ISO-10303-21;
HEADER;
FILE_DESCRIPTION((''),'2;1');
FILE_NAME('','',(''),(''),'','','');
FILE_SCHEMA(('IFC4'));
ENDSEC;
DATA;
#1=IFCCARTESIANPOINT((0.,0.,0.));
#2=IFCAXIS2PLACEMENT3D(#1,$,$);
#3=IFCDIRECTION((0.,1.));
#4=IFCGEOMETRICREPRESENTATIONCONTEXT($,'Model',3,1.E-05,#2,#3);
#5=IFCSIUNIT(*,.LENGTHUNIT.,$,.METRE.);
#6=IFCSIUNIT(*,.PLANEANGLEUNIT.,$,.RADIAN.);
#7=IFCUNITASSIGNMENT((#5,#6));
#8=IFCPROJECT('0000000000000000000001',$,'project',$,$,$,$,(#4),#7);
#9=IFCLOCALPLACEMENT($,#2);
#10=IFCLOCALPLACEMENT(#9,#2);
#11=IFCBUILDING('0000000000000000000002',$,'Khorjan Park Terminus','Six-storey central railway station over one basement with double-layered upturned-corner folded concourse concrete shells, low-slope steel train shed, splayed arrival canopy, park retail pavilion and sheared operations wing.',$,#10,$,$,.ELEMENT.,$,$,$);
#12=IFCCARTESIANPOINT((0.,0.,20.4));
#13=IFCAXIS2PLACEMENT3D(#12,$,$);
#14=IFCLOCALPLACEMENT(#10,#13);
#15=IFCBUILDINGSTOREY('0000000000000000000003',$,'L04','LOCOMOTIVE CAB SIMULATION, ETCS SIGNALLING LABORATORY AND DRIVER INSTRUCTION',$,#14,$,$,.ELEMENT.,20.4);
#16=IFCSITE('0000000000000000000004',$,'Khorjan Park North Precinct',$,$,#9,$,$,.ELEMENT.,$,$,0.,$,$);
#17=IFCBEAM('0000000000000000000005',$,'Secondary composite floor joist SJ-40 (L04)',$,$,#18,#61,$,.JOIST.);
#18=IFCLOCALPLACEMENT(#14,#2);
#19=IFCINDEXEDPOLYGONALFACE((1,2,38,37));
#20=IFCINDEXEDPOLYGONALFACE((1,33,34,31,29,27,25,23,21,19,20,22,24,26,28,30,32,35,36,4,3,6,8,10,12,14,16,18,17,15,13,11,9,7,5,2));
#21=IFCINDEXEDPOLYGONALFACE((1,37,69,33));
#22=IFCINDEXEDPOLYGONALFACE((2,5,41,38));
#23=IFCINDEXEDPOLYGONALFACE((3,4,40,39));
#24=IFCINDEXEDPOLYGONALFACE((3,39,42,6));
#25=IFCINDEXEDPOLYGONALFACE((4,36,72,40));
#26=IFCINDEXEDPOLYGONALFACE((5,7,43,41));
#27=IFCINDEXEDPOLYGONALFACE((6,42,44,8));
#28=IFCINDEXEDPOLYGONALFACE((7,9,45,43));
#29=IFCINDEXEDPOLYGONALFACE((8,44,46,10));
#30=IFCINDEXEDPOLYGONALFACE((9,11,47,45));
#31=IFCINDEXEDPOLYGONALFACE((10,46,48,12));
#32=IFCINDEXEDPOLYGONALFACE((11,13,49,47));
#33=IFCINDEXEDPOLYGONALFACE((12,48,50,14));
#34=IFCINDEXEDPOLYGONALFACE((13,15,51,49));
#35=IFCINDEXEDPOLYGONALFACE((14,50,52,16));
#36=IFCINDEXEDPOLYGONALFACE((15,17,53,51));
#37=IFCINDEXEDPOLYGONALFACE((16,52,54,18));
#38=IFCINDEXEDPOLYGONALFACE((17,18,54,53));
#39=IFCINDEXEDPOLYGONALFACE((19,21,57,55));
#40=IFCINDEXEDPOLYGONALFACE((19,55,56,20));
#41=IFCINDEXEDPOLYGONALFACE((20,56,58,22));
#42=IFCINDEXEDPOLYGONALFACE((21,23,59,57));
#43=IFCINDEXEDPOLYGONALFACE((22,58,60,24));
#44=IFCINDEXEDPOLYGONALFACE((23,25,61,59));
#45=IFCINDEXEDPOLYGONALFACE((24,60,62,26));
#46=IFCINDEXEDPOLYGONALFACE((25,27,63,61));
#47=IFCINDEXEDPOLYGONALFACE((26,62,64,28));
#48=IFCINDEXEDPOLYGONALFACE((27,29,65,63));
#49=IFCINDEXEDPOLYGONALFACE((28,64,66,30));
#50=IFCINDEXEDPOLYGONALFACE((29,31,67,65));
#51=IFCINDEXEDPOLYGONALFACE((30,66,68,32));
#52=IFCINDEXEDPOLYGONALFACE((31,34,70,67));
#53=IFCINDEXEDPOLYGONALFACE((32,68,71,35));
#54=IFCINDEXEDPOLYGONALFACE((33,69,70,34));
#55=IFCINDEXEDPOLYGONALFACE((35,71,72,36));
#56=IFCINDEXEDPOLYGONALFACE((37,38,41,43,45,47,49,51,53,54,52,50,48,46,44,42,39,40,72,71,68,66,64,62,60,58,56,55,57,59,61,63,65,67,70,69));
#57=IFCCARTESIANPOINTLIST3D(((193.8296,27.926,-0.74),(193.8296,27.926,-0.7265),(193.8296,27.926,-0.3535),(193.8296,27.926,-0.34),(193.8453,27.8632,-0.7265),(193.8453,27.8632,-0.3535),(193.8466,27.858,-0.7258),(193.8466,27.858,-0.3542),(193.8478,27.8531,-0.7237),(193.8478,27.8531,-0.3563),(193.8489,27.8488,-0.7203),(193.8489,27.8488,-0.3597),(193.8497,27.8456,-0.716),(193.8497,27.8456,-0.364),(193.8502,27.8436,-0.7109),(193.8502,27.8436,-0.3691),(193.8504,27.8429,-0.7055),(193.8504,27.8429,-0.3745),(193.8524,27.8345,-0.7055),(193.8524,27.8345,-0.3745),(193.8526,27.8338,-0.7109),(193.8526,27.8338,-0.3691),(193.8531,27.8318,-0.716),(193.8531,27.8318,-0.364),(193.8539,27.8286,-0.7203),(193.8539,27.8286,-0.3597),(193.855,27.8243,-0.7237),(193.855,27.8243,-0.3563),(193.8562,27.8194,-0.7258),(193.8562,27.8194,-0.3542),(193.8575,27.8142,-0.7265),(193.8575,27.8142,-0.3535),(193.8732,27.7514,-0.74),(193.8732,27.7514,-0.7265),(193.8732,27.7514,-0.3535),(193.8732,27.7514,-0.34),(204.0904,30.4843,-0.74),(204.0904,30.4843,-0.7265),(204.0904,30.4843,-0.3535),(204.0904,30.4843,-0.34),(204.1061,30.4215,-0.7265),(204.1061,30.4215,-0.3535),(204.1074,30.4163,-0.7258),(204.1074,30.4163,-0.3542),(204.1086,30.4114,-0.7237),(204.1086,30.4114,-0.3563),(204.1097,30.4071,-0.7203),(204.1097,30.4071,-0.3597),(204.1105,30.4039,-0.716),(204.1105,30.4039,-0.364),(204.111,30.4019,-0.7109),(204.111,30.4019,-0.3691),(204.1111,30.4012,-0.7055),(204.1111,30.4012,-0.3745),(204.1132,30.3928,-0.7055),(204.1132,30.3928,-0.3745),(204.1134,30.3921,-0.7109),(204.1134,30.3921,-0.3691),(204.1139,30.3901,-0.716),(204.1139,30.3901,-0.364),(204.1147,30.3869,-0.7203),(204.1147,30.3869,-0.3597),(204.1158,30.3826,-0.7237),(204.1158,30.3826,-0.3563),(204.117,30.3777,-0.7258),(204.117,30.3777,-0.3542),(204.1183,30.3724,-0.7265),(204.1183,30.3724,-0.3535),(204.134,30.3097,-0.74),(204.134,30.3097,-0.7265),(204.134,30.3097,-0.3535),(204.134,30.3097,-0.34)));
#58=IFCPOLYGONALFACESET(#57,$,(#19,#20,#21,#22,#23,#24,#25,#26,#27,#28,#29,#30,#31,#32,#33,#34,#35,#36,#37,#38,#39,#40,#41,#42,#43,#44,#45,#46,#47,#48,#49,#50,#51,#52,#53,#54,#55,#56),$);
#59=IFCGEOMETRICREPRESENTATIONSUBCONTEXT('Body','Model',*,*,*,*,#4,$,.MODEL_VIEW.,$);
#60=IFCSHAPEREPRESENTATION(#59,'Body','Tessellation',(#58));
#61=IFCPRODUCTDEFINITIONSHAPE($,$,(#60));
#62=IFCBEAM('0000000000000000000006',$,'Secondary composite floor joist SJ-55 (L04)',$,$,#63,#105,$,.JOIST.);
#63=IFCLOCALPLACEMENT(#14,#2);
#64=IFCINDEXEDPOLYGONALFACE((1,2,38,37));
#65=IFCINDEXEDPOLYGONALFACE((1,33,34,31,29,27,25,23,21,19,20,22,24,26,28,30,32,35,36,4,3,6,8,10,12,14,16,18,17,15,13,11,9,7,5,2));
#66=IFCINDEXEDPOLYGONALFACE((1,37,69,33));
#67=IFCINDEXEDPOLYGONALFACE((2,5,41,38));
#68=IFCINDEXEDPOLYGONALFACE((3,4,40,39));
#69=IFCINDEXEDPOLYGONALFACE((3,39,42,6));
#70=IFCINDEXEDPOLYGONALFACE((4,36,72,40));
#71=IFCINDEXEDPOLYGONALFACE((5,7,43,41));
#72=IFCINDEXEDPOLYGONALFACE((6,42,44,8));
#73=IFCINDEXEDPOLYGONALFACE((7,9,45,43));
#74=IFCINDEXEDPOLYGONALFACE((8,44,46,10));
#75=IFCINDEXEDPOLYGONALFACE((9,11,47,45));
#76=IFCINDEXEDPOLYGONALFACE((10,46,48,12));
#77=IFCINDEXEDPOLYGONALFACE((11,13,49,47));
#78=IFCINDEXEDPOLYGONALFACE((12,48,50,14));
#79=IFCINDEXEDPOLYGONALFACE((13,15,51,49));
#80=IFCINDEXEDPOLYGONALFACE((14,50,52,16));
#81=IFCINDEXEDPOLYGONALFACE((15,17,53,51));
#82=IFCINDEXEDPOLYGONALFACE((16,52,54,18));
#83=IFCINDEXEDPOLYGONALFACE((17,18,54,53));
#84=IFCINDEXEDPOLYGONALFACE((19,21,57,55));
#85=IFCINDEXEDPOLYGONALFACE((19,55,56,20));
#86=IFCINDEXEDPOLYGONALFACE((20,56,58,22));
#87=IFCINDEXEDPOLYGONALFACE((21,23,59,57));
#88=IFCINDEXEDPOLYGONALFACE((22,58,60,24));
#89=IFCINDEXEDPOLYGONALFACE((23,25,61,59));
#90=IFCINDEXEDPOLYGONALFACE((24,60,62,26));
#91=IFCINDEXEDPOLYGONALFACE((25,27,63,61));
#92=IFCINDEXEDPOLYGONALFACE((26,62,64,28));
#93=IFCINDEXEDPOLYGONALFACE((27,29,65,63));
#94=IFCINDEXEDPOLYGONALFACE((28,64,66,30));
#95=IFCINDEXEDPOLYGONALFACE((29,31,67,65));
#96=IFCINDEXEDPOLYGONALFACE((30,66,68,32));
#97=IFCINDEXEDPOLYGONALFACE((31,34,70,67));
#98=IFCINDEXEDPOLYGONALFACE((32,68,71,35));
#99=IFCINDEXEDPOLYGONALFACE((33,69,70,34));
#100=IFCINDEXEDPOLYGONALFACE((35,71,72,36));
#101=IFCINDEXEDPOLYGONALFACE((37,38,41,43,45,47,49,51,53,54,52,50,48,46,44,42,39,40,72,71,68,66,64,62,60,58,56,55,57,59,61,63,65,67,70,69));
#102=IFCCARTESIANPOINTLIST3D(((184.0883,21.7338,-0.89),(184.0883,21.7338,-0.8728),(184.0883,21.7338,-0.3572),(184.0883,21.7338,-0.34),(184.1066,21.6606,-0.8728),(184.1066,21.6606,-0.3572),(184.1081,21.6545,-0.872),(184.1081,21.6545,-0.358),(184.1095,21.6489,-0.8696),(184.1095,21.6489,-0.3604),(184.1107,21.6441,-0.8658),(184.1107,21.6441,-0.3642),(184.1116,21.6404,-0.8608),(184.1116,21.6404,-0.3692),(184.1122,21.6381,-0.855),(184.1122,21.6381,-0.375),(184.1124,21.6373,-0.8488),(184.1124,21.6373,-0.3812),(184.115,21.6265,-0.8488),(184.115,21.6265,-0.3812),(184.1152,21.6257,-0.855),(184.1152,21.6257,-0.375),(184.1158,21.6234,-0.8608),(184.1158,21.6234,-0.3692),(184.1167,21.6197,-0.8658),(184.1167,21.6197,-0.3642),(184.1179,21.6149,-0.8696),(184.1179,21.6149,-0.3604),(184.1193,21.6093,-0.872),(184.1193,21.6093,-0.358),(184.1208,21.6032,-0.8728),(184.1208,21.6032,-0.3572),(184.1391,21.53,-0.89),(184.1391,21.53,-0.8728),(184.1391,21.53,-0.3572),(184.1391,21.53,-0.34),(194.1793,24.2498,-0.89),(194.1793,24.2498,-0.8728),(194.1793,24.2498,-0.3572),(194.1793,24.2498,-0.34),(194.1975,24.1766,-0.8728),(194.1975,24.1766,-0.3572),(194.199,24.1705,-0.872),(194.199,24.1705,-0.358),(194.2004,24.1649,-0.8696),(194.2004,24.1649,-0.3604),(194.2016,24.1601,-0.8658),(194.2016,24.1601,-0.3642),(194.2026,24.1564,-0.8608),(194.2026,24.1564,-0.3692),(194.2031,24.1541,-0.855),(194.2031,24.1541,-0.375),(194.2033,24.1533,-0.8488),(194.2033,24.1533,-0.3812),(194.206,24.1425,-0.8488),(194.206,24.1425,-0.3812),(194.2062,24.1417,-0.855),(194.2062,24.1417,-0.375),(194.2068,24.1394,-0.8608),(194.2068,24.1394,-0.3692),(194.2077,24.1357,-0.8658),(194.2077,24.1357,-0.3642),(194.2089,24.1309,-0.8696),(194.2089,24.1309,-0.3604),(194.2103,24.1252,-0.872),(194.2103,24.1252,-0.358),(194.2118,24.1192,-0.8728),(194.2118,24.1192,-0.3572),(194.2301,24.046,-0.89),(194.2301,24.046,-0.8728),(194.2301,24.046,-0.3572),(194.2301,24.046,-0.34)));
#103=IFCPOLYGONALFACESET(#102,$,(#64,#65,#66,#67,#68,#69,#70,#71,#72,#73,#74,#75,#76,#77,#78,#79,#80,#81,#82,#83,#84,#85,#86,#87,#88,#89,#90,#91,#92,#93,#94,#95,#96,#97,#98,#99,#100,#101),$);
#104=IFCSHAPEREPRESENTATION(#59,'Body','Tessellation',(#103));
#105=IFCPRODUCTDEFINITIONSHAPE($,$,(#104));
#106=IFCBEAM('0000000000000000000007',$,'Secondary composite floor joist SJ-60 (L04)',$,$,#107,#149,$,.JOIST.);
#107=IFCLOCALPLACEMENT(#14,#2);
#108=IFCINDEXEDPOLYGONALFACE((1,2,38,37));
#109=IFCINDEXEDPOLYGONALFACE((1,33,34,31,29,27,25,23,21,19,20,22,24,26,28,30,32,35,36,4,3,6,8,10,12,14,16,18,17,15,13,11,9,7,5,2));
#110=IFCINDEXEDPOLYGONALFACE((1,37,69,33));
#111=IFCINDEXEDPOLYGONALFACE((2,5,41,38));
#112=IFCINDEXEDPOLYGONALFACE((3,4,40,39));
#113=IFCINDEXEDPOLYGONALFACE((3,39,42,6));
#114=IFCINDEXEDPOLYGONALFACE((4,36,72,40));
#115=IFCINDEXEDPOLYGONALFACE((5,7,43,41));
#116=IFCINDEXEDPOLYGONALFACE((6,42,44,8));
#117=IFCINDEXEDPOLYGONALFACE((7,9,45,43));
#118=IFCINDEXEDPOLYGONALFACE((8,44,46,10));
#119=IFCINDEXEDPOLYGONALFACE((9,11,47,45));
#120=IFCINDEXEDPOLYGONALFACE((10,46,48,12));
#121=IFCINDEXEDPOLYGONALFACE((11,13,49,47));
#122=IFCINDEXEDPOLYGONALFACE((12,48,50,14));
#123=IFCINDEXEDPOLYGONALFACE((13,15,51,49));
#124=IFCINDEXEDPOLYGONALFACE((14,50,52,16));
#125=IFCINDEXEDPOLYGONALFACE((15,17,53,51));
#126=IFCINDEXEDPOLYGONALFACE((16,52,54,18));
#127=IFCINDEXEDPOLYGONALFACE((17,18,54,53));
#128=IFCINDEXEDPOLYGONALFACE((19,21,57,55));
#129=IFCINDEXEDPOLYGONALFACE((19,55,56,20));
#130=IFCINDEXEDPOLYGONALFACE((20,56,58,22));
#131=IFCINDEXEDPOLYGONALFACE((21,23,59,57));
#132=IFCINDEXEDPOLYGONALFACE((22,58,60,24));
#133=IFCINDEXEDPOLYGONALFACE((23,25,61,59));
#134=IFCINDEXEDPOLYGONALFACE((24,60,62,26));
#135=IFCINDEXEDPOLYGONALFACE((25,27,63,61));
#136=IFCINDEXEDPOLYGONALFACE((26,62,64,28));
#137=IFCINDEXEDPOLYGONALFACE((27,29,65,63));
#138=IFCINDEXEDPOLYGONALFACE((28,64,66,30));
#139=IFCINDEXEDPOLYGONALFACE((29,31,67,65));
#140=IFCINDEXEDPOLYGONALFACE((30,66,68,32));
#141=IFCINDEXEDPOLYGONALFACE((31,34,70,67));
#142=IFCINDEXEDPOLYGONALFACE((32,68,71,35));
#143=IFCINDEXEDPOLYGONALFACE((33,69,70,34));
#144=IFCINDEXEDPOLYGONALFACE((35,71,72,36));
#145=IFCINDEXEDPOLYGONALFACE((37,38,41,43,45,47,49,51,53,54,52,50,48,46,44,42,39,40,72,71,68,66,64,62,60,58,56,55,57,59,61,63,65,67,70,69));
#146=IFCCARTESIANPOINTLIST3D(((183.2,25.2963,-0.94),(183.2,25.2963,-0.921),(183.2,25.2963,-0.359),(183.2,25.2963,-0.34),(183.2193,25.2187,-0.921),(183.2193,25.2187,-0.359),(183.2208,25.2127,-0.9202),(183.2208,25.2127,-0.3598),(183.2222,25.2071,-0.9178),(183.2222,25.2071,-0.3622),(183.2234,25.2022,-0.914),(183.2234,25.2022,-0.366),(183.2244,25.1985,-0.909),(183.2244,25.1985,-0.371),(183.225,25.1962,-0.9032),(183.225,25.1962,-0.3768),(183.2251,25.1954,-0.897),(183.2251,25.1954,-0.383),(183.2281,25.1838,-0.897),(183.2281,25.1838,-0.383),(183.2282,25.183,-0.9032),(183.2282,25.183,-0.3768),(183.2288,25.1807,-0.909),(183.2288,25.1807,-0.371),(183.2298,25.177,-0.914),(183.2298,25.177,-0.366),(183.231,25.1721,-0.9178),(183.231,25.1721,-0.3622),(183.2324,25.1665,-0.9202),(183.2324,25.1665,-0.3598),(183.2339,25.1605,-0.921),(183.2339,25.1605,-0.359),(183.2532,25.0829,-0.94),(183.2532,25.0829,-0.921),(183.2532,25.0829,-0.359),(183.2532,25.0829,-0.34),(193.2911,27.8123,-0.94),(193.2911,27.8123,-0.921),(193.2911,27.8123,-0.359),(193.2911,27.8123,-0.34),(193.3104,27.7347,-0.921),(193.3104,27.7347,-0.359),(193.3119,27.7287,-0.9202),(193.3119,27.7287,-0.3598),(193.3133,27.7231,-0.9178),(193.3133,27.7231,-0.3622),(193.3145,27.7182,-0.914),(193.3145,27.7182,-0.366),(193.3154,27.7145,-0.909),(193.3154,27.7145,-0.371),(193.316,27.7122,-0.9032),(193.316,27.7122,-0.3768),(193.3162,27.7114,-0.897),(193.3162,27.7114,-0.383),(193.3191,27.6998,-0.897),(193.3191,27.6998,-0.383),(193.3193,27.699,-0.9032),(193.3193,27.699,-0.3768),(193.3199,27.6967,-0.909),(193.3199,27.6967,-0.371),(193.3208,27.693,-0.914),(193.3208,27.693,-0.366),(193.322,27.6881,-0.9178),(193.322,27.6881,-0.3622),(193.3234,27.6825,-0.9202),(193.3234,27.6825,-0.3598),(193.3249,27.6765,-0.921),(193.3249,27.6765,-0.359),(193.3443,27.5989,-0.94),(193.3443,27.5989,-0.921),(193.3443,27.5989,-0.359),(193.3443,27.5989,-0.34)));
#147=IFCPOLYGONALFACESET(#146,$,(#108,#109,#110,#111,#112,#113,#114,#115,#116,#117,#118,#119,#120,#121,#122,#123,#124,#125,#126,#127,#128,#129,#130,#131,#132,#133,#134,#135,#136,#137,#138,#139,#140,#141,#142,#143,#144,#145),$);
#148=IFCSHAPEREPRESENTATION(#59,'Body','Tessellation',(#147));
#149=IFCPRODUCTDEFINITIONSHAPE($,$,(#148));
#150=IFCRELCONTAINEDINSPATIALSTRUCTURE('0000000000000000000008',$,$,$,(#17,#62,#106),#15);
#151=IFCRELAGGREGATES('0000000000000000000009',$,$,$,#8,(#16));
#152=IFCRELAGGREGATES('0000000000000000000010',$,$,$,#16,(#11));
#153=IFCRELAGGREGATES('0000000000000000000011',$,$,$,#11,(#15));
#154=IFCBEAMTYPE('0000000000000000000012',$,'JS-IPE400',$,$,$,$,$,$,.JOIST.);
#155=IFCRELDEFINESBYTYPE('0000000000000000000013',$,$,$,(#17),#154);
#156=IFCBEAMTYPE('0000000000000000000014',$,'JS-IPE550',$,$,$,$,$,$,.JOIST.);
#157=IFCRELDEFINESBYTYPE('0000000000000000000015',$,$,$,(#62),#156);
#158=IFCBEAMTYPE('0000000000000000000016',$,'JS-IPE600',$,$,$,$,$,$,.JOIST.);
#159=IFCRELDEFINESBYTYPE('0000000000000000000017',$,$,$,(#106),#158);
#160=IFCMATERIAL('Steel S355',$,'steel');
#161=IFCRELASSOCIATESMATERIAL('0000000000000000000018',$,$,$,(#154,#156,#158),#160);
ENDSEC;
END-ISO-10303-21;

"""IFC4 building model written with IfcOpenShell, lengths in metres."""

from ifc_helpers import new_model, si_unit, direction, frame, origin, origin_2d, place, context, subcontext, project, spatial, i_section, extrude, material, material_profile, profile_set, type_object, element, save


model = new_model("IFC4")

# Units and contexts
model_context = context("Model", 3, precision=1e-05, world=origin(), true_north=direction((0.0, 1.0)))
body_context = subcontext(model_context, "Body", "Model", "MODEL_VIEW")
ifc_project = project(units=[si_unit("LENGTHUNIT", "METRE"), si_unit("PLANEANGLEUNIT", "RADIAN")], contexts=[model_context])

# Site, building, storey
site_placement = place(None, origin())
site = spatial("IfcSite", under=ifc_project, at=site_placement, Name="Khorjan Park North Precinct", CompositionType="ELEMENT", RefElevation=0.0)
building_placement = place(site_placement, origin())
building = spatial("IfcBuilding", under=site, at=building_placement, Name="Khorjan Park Terminus", Description="Six-storey central railway station over one basement with double-layered upturned-corner folded concourse concrete shells, low-slope steel train shed, splayed arrival canopy, park retail pavilion and sheared operations wing.", CompositionType="ELEMENT")
storey_placement = place(building_placement, frame((0.0, 0.0, 20.4)))
storey = spatial("IfcBuildingStorey", under=building, at=storey_placement, Name="L04", Description="LOCOMOTIVE CAB SIMULATION, ETCS SIGNALLING LABORATORY AND DRIVER INSTRUCTION", CompositionType="ELEMENT", Elevation=20.4)

# Beams
ifc_material_1 = material(Name="Steel S355", Category="steel")
ifc_material_profile_1 = material_profile(ifc_material_1, i_section(OverallWidth=0.18, OverallDepth=0.4, WebThickness=0.0086, FlangeThickness=0.0135, FilletRadius=0.021, at=origin_2d()), Name="IPE 400")
ifc_profile_set_1 = profile_set([ifc_material_profile_1], Name="Steel S355")
beam_type_1 = type_object("IfcBeamType", Name="JS-IPE400", PredefinedType="JOIST", material=ifc_profile_set_1)
beam_1_placement = place(storey_placement, frame((193.8514, 27.8387, -0.54), z_axis=(0.970296, 0.241921, 0.0), x_axis=(-0.241921, 0.970296, 0.0)))
element("IfcBeam", 1, at=beam_1_placement, inside=storey, type_object=beam_type_1, Name="Secondary composite floor joist SJ-40 (L04)", PredefinedType="JOIST", context=body_context, shape_type="SweptSolid", body=[
    extrude(i_section(OverallWidth=0.18, OverallDepth=0.4, WebThickness=0.0086, FlangeThickness=0.0135, FilletRadius=0.021, at=origin_2d()), origin(), (0.0, 0.0, 1.0), 10.5749),
])
ifc_material_profile_2 = material_profile(ifc_material_1, i_section(OverallWidth=0.21, OverallDepth=0.55, WebThickness=0.0111, FlangeThickness=0.0172, FilletRadius=0.024, at=origin_2d()), Name="IPE 550")
ifc_profile_set_2 = profile_set([ifc_material_profile_2], Name="Steel S355")
beam_type_2 = type_object("IfcBeamType", Name="JS-IPE550", PredefinedType="JOIST", material=ifc_profile_set_2)
beam_2_placement = place(storey_placement, frame((184.1137, 21.6319, -0.615), z_axis=(0.970295, 0.241925, 0.0), x_axis=(-0.241925, 0.970295, 0.0)))
element("IfcBeam", 2, at=beam_2_placement, inside=storey, type_object=beam_type_2, Name="Secondary composite floor joist SJ-55 (L04)", PredefinedType="JOIST", context=body_context, shape_type="SweptSolid", body=[
    extrude(i_section(OverallWidth=0.21, OverallDepth=0.55, WebThickness=0.0111, FlangeThickness=0.0172, FilletRadius=0.024, at=origin_2d()), origin(), (0.0, 0.0, 1.0), 10.3999),
])
ifc_material_profile_3 = material_profile(ifc_material_1, i_section(OverallWidth=0.22, OverallDepth=0.6, WebThickness=0.012, FlangeThickness=0.019, FilletRadius=0.024, at=origin_2d()), Name="IPE 600")
ifc_profile_set_3 = profile_set([ifc_material_profile_3], Name="Steel S355")
beam_type_3 = type_object("IfcBeamType", Name="JS-IPE600", PredefinedType="JOIST", material=ifc_profile_set_3)
beam_3_placement = place(storey_placement, frame((183.2266, 25.1896, -0.64), z_axis=(0.970296, 0.241922, 0.0), x_axis=(-0.241922, 0.970296, 0.0)))
element("IfcBeam", 3, at=beam_3_placement, inside=storey, type_object=beam_type_3, Name="Secondary composite floor joist SJ-60 (L04)", PredefinedType="JOIST", context=body_context, shape_type="SweptSolid", body=[
    extrude(i_section(OverallWidth=0.22, OverallDepth=0.6, WebThickness=0.012, FlangeThickness=0.019, FilletRadius=0.024, at=origin_2d()), origin(), (0.0, 0.0, 1.0), 10.4),
])

save(model, "model.ifc")
